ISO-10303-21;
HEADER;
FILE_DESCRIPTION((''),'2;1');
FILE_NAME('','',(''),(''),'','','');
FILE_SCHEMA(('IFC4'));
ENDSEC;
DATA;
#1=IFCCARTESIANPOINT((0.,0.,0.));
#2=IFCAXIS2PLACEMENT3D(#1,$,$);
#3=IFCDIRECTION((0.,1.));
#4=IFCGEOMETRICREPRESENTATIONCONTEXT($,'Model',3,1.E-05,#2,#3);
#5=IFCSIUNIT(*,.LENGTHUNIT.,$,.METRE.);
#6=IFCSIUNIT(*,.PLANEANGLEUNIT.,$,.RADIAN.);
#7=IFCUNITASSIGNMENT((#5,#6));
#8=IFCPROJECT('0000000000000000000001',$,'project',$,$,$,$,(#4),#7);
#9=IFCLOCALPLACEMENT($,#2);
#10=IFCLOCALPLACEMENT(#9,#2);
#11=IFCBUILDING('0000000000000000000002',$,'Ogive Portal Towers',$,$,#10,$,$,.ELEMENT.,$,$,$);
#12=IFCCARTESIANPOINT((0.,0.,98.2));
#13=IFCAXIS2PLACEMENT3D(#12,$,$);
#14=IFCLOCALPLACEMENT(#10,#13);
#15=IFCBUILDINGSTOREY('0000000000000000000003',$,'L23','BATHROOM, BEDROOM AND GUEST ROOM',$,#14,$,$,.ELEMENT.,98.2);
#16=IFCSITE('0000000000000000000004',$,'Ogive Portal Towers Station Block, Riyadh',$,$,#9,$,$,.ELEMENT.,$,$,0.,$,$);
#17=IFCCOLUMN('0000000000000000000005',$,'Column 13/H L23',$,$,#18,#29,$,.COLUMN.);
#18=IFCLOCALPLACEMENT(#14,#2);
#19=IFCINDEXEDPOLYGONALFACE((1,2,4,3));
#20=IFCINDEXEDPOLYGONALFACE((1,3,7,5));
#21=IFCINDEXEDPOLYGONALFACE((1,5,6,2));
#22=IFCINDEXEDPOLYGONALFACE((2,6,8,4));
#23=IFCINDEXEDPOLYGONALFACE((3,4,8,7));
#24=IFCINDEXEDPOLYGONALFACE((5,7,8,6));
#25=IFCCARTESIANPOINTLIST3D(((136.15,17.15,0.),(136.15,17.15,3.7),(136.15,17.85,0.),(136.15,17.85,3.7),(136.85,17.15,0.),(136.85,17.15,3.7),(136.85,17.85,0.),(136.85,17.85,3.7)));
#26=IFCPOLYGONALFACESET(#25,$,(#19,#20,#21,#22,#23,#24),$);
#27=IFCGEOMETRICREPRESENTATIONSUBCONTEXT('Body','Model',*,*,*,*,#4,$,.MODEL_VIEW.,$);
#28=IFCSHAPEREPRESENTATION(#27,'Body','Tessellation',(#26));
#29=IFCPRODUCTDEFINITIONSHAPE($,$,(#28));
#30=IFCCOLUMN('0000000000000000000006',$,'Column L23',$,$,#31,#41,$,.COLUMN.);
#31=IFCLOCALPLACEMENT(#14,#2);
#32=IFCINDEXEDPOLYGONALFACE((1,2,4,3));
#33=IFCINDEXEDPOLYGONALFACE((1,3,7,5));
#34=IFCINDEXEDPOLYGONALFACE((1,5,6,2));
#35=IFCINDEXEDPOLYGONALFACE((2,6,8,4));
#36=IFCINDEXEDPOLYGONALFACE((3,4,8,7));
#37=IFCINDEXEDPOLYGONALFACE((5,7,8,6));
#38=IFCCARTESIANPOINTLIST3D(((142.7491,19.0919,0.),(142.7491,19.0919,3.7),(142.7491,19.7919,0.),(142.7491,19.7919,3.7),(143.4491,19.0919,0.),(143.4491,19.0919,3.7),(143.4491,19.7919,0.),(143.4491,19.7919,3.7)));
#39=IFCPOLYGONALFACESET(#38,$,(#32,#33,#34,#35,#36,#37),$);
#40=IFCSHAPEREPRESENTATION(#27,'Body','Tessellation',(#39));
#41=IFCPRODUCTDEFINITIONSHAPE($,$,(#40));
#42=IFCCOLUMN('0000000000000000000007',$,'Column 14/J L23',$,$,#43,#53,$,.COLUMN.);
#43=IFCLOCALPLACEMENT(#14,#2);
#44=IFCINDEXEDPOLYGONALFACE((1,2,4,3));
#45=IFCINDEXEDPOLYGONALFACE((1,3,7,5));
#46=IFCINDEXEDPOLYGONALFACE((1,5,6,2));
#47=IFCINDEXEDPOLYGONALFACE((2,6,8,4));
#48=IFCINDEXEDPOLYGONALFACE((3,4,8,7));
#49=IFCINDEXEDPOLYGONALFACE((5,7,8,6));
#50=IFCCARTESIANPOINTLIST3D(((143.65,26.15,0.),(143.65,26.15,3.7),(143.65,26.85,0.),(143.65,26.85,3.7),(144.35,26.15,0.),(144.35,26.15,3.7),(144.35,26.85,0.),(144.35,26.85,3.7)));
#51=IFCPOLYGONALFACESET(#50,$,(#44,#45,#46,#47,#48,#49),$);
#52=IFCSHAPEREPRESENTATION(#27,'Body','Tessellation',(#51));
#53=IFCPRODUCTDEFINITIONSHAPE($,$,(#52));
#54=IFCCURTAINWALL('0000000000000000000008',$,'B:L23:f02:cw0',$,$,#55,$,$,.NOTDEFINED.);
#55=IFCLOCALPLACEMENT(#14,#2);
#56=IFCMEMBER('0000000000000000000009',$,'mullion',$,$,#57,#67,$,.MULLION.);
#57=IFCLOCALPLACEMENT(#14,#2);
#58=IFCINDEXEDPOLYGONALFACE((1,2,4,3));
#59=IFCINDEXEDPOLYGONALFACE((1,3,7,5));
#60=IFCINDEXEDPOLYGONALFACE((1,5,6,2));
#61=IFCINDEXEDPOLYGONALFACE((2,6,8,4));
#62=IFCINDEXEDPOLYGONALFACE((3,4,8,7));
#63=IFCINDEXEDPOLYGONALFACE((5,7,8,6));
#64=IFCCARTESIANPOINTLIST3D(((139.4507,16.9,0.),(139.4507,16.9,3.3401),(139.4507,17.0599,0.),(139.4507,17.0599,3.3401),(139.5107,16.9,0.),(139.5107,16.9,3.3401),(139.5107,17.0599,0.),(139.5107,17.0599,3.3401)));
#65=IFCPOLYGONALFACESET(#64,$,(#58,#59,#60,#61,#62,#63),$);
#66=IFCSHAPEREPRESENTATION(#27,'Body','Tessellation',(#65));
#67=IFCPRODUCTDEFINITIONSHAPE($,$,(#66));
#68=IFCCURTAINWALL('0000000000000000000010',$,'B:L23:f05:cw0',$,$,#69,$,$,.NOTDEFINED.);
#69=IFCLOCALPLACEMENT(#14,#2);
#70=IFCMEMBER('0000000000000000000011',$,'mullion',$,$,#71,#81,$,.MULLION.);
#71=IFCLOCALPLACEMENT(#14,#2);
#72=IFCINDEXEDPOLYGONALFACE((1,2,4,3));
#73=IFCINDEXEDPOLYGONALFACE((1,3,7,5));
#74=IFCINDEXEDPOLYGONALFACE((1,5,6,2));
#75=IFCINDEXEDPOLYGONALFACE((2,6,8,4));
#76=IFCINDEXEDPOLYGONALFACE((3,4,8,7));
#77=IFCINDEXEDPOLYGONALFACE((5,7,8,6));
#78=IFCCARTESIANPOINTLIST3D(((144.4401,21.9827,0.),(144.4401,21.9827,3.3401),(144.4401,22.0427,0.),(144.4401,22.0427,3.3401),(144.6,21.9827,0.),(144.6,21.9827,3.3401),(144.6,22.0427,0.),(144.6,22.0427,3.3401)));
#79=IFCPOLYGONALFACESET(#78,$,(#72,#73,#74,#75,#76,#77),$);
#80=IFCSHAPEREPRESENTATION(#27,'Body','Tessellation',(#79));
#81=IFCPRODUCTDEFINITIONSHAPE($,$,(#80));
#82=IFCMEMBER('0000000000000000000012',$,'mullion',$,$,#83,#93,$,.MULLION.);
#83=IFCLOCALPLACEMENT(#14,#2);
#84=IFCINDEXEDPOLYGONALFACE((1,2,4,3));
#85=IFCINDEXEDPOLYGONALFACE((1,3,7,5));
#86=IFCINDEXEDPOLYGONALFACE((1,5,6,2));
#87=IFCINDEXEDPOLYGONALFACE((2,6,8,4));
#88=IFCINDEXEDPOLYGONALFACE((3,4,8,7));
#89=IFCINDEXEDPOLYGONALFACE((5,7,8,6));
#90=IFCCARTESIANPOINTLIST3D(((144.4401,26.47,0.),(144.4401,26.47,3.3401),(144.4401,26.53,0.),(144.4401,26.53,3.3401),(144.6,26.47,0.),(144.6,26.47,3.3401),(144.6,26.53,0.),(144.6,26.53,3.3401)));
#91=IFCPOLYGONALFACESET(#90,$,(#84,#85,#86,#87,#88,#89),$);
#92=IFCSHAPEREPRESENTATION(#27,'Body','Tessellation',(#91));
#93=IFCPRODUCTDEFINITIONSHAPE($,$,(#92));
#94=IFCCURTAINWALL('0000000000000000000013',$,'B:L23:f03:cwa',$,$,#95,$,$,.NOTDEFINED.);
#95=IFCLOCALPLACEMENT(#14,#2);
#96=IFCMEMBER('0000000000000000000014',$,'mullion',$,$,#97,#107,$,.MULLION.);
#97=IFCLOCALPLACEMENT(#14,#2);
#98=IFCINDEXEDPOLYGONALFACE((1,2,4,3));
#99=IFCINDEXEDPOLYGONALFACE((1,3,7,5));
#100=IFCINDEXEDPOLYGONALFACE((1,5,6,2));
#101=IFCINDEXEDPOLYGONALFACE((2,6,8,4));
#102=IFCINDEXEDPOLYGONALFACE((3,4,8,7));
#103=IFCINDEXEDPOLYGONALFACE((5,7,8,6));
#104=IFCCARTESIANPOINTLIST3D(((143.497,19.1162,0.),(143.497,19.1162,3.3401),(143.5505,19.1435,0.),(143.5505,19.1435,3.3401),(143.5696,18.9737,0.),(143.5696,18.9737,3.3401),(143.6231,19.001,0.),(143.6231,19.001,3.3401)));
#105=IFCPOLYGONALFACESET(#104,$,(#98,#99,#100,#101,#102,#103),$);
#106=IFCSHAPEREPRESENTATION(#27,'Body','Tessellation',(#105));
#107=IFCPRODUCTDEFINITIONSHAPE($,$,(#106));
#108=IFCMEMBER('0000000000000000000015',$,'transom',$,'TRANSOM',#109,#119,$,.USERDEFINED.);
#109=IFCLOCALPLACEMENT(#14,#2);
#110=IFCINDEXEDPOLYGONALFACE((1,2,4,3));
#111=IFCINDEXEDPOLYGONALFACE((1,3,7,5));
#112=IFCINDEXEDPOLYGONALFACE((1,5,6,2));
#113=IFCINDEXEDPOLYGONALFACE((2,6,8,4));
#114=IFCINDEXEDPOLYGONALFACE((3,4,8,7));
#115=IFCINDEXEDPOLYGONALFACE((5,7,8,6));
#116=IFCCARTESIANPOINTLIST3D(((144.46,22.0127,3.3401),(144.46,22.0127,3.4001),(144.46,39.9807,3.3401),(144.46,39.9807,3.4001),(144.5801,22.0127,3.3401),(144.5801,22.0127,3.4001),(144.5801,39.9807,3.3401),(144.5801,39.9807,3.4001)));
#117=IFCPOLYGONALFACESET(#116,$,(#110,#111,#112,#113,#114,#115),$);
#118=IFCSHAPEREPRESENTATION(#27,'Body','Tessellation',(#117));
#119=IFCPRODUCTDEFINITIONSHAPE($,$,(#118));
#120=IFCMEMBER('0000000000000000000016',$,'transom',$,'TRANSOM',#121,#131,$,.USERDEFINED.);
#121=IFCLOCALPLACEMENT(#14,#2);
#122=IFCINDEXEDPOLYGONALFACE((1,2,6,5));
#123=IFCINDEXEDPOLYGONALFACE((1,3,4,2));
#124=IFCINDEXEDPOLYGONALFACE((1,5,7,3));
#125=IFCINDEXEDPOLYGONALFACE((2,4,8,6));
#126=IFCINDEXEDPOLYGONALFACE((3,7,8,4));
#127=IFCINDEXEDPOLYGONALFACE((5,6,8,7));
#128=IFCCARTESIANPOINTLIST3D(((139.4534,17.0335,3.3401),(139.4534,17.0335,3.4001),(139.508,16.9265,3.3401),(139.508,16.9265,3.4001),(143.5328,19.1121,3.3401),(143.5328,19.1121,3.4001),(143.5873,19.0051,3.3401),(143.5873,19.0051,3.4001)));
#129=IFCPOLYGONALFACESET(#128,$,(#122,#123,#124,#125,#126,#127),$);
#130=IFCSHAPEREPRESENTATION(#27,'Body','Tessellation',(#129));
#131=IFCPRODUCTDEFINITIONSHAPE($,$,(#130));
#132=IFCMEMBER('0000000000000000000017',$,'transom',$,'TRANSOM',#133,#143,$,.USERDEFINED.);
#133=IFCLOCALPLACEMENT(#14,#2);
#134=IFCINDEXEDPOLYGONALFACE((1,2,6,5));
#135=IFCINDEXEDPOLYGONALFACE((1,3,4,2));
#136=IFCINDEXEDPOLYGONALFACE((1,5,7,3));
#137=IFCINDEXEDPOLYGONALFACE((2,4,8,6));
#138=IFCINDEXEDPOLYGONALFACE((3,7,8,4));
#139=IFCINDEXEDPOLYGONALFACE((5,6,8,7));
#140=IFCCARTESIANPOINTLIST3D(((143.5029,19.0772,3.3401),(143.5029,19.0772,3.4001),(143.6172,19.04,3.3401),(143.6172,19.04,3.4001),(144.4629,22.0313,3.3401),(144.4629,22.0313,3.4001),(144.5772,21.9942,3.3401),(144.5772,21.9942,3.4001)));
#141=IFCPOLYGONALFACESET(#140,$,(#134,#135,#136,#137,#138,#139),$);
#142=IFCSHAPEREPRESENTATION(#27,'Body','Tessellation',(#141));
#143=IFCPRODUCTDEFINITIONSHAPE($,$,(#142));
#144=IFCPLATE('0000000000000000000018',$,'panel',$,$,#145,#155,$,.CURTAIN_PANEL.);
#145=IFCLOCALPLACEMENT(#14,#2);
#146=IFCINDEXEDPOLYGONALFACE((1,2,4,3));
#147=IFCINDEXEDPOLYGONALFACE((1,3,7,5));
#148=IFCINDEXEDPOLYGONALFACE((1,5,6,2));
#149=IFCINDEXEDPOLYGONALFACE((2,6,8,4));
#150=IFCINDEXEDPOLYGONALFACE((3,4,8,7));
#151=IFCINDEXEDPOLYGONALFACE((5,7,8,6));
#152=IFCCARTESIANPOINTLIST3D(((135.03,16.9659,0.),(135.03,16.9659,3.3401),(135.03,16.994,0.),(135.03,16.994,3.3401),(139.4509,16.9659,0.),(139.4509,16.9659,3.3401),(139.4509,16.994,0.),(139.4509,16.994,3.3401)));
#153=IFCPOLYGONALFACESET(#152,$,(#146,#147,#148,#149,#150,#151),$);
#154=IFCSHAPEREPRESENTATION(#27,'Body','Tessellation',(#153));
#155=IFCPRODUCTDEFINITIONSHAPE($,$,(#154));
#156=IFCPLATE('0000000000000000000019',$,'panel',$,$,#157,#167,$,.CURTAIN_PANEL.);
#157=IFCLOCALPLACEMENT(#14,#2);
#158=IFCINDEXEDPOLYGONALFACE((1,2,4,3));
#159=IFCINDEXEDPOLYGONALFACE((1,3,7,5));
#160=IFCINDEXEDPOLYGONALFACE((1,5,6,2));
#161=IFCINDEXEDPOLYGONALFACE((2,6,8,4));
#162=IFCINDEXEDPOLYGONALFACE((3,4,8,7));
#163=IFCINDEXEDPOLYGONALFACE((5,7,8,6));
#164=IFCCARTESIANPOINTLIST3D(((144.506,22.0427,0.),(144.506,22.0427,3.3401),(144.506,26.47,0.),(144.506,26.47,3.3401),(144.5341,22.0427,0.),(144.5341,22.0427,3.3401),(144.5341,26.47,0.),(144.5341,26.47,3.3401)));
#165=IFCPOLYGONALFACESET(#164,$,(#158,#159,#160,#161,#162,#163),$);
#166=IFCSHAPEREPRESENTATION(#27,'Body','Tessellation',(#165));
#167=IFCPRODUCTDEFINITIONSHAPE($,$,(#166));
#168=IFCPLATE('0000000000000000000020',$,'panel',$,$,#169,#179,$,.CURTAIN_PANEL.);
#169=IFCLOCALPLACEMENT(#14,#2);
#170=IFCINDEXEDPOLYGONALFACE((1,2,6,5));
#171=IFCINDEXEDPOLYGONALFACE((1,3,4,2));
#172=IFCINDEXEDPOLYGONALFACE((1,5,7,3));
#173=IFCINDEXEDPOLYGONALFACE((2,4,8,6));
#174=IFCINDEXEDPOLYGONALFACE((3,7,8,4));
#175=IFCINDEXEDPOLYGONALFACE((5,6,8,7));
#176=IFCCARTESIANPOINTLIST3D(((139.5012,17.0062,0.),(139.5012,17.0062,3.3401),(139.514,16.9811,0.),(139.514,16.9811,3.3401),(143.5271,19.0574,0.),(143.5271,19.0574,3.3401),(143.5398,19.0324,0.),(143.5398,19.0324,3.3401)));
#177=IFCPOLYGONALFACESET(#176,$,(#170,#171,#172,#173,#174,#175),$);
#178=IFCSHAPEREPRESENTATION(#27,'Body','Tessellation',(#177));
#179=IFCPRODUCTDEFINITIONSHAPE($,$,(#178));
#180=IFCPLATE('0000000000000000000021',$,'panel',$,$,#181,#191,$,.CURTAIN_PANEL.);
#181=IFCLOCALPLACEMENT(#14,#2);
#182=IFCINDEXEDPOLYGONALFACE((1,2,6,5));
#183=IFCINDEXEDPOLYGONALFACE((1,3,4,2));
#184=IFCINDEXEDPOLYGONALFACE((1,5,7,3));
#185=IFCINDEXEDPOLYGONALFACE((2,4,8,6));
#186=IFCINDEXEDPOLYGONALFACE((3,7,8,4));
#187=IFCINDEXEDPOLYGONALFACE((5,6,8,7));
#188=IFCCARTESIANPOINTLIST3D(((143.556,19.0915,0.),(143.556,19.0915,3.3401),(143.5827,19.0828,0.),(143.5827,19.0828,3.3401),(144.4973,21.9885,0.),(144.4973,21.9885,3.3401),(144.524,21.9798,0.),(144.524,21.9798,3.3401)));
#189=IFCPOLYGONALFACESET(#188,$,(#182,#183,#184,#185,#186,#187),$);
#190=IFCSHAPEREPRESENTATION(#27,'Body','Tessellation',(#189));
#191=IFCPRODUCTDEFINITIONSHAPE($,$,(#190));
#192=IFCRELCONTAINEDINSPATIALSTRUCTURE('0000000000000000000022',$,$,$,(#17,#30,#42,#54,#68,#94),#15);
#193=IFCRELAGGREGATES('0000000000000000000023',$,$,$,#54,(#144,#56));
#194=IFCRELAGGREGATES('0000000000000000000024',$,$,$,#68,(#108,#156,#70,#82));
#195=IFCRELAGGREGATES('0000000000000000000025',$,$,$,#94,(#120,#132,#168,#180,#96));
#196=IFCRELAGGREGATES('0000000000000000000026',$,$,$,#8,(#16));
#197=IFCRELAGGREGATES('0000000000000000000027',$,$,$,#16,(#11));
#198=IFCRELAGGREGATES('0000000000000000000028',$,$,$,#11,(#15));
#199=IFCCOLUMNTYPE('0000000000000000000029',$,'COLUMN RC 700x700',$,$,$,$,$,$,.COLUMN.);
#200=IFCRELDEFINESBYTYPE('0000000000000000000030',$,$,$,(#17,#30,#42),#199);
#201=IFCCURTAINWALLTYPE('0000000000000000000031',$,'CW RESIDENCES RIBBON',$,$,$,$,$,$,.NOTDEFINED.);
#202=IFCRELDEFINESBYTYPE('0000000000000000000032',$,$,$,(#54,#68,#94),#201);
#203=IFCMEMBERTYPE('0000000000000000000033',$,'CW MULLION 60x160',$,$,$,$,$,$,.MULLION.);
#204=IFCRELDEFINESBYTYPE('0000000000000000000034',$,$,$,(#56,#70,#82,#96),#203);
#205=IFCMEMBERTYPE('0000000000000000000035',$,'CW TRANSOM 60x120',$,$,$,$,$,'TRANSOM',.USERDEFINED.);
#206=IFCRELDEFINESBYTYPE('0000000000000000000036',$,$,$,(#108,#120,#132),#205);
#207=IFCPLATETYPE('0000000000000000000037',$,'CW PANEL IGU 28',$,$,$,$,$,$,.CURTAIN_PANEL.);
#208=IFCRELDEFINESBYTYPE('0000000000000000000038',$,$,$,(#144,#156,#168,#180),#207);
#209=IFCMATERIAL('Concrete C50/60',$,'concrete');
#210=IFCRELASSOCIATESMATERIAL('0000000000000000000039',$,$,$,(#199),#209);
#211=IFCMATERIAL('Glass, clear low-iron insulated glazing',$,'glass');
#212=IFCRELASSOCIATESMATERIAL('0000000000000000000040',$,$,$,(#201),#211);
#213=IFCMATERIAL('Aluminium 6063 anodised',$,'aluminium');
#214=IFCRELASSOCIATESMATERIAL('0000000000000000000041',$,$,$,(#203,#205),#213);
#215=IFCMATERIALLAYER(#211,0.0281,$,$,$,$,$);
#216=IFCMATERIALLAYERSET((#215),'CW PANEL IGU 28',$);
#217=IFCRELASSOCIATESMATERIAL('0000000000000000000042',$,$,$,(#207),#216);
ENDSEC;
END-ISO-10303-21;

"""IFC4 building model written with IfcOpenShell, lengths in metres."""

from ifc_helpers import new_model, si_unit, direction, frame, origin, origin_2d, place, context, subcontext, project, spatial, rectangle, extrude, material, layer, layer_set, material_profile, profile_set, type_object, element, aggregate, save


model = new_model("IFC4")

# Units and contexts
model_context = context("Model", 3, precision=1e-05, world=origin(), true_north=direction((0.0, 1.0)))
body_context = subcontext(model_context, "Body", "Model", "MODEL_VIEW")
ifc_project = project(units=[si_unit("LENGTHUNIT", "METRE"), si_unit("PLANEANGLEUNIT", "RADIAN")], contexts=[model_context])

# Site, building, storey
site_placement = place(None, origin())
site = spatial("IfcSite", under=ifc_project, at=site_placement, Name="Ogive Portal Towers Station Block, Riyadh", CompositionType="ELEMENT", RefElevation=0.0)
building_placement = place(site_placement, origin())
building = spatial("IfcBuilding", under=site, at=building_placement, Name="Ogive Portal Towers", CompositionType="ELEMENT")
storey_placement = place(building_placement, frame((0.0, 0.0, 98.2)))
storey = spatial("IfcBuildingStorey", under=building, at=storey_placement, Name="L23", Description="BATHROOM, BEDROOM AND GUEST ROOM", CompositionType="ELEMENT", Elevation=98.2)

# Columns
ifc_material_1 = material(Name="Concrete C50/60", Category="concrete")
ifc_material_profile_1 = material_profile(ifc_material_1, rectangle(XDim=0.7, YDim=0.7, at=origin_2d()), Name="RC 700x700")
ifc_profile_set_1 = profile_set([ifc_material_profile_1], Name="Concrete C50/60")
column_type = type_object("IfcColumnType", Name="COLUMN RC 700x700", PredefinedType="COLUMN", material=ifc_profile_set_1)
for number, where, z_axis, x_axis, name in (
    (1, (136.5, 17.5, 0.0), (0.0, 0.0, 1.0), (1.0, 0.0, 0.0), "Column 13/H L23"),
    (2, (143.0991, 19.4419, 0.0), (0.0, 0.0, 1.0), (1.0, 0.0, 0.0), "Column L23"),
    (3, (144.0, 26.5, 0.0), (0.0, 0.0, 1.0), (1.0, 0.0, 0.0), "Column 14/J L23"),
):
    element("IfcColumn", number, at=place(storey_placement, frame(where, z_axis=z_axis, x_axis=x_axis)), inside=storey, type_object=column_type, Name=name, PredefinedType="COLUMN", context=body_context, shape_type="SweptSolid", body=[
        extrude(rectangle(XDim=0.7, YDim=0.7, at=origin_2d()), origin(), (0.0, 0.0, 1.0), 3.7),
    ])

# Curtain wall, member
ifc_material_2 = material(Name="Glass, clear low-iron insulated glazing", Category="glass")
curtain_wall_type = type_object("IfcCurtainWallType", Name="CW RESIDENCES RIBBON", PredefinedType="NOTDEFINED", material=ifc_material_2)
curtain_wall_1_placement = place(storey_placement, origin())
curtain_wall_1 = element("IfcCurtainWall", 4, at=curtain_wall_1_placement, inside=storey, type_object=curtain_wall_type, Name="B:L23:f02:cw0", PredefinedType="NOTDEFINED")
ifc_material_3 = material(Name="Aluminium 6063 anodised", Category="aluminium")
ifc_material_profile_2 = material_profile(ifc_material_3, rectangle(XDim=0.1599, YDim=0.0601, at=origin_2d()), Name="AL 60x160")
ifc_profile_set_2 = profile_set([ifc_material_profile_2], Name="Aluminium 6063 anodised")
member_type_1 = type_object("IfcMemberType", Name="CW MULLION 60x160", PredefinedType="MULLION", material=ifc_profile_set_2)
member_1_placement = place(storey_placement, frame((139.4807, 16.98, 0.0), z_axis=(0.0, 0.0, 1.0), x_axis=(0.0, 1.0, 0.0)))
member_1 = element("IfcMember", 5, at=member_1_placement, type_object=member_type_1, Name="mullion", PredefinedType="MULLION", context=body_context, shape_type="SweptSolid", body=[
    extrude(rectangle(XDim=0.1599, YDim=0.0601, at=origin_2d()), origin(), (0.0, 0.0, 1.0), 3.3401),
])

# Curtain wall, members
curtain_wall_2_placement = place(storey_placement, origin())
curtain_wall_2 = element("IfcCurtainWall", 6, at=curtain_wall_2_placement, inside=storey, type_object=curtain_wall_type, Name="B:L23:f05:cw0", PredefinedType="NOTDEFINED")
member_2_placement = place(storey_placement, frame((144.52, 22.0127, 0.0), z_axis=(0.0, 0.0, 1.0), x_axis=(-1.0, 0.0, 0.0)))
member_2 = element("IfcMember", 7, at=member_2_placement, type_object=member_type_1, Name="mullion", PredefinedType="MULLION", context=body_context, shape_type="SweptSolid", body=[
    extrude(rectangle(XDim=0.1599, YDim=0.0601, at=origin_2d()), origin(), (0.0, 0.0, 1.0), 3.3401),
])
member_3_placement = place(storey_placement, frame((144.52, 26.5, 0.0), z_axis=(0.0, 0.0, 1.0), x_axis=(-1.0, 0.0, 0.0)))
member_3 = element("IfcMember", 8, at=member_3_placement, type_object=member_type_1, Name="mullion", PredefinedType="MULLION", context=body_context, shape_type="SweptSolid", body=[
    extrude(rectangle(XDim=0.1599, YDim=0.0601, at=origin_2d()), origin(), (0.0, 0.0, 1.0), 3.3401),
])

# Curtain wall, member
curtain_wall_3_placement = place(storey_placement, origin())
curtain_wall_3 = element("IfcCurtainWall", 9, at=curtain_wall_3_placement, inside=storey, type_object=curtain_wall_type, Name="B:L23:f03:cwa", PredefinedType="NOTDEFINED")
member_4_placement = place(storey_placement, frame((143.5601, 19.0586, 0.0), z_axis=(0.0, 0.0, 1.0), x_axis=(-0.45399, 0.891007, 0.0)))
member_4 = element("IfcMember", 10, at=member_4_placement, type_object=member_type_1, Name="mullion", PredefinedType="MULLION", context=body_context, shape_type="SweptSolid", body=[
    extrude(rectangle(XDim=0.1599, YDim=0.0601, at=origin_2d()), origin(), (0.0, 0.0, 1.0), 3.3401),
])

# Members
ifc_material_profile_3 = material_profile(ifc_material_3, rectangle(XDim=0.1201, YDim=0.0601, at=origin_2d()), Name="AL 120x60")
ifc_profile_set_3 = profile_set([ifc_material_profile_3], Name="Aluminium 6063 anodised")
member_type_2 = type_object("IfcMemberType", Name="CW TRANSOM 60x120", ElementType="TRANSOM", PredefinedType="USERDEFINED", material=ifc_profile_set_3)
member_5_placement = place(storey_placement, frame((144.52, 22.0127, 3.3701), z_axis=(0.0, 1.0, 0.0), x_axis=(-1.0, 0.0, 0.0)))
member_5 = element("IfcMember", 11, at=member_5_placement, type_object=member_type_2, Name="transom", ObjectType="TRANSOM", PredefinedType="USERDEFINED", context=body_context, shape_type="SweptSolid", body=[
    extrude(rectangle(XDim=0.1201, YDim=0.0601, at=origin_2d()), origin(), (0.0, 0.0, 1.0), 17.968),
])
member_6_placement = place(storey_placement, frame((139.4807, 16.98, 3.3701), z_axis=(0.890999, 0.454005, 0.0), x_axis=(-0.454005, 0.890999, 0.0)))
member_6 = element("IfcMember", 12, at=member_6_placement, type_object=member_type_2, Name="transom", ObjectType="TRANSOM", PredefinedType="USERDEFINED", context=body_context, shape_type="SweptSolid", body=[
    extrude(rectangle(XDim=0.1201, YDim=0.0601, at=origin_2d()), origin(), (0.0, 0.0, 1.0), 4.5784),
])
member_7_placement = place(storey_placement, frame((143.5601, 19.0586, 3.3701), z_axis=(0.309051, 0.951046, 0.0), x_axis=(-0.951046, 0.309051, 0.0)))
member_7 = element("IfcMember", 13, at=member_7_placement, type_object=member_type_2, Name="transom", ObjectType="TRANSOM", PredefinedType="USERDEFINED", context=body_context, shape_type="SweptSolid", body=[
    extrude(rectangle(XDim=0.1201, YDim=0.0601, at=origin_2d()), origin(), (0.0, 0.0, 1.0), 3.1062),
])

# Plates
ifc_layer_1 = layer(ifc_material_2, 0.0281)
ifc_layer_set_1 = layer_set([ifc_layer_1], Name="CW PANEL IGU 28")
plate_type = type_object("IfcPlateType", Name="CW PANEL IGU 28", PredefinedType="CURTAIN_PANEL", material=ifc_layer_set_1)
plate_1_placement = place(storey_placement, frame((137.2405, 16.98, 0.0), z_axis=(0.0, 0.0, 1.0), x_axis=(1.0, 0.0, 0.0)))
plate_1 = element("IfcPlate", 14, at=plate_1_placement, type_object=plate_type, Name="panel", PredefinedType="CURTAIN_PANEL", context=body_context, shape_type="SweptSolid", body=[
    extrude(rectangle(XDim=4.4209, YDim=0.0281, at=origin_2d()), origin(), (0.0, 0.0, 1.0), 3.3401),
])
aggregate(curtain_wall_1, [plate_1, member_1])
plate_2_placement = place(storey_placement, frame((144.52, 24.2563, 0.0), z_axis=(0.0, 0.0, 1.0), x_axis=(0.0, 1.0, 0.0)))
plate_2 = element("IfcPlate", 15, at=plate_2_placement, type_object=plate_type, Name="panel", PredefinedType="CURTAIN_PANEL", context=body_context, shape_type="SweptSolid", body=[
    extrude(rectangle(XDim=4.4272, YDim=0.0281, at=origin_2d()), origin(), (0.0, 0.0, 1.0), 3.3401),
])
aggregate(curtain_wall_2, [member_5, plate_2, member_2, member_3])
plate_3_placement = place(storey_placement, frame((141.5205, 18.0193, 0.0), z_axis=(0.0, 0.0, 1.0), x_axis=(0.891007, 0.45399, 0.0)))
plate_3 = element("IfcPlate", 16, at=plate_3_placement, type_object=plate_type, Name="panel", PredefinedType="CURTAIN_PANEL", context=body_context, shape_type="SweptSolid", body=[
    extrude(rectangle(XDim=4.5183, YDim=0.0281, at=origin_2d()), origin(), (0.0, 0.0, 1.0), 3.3401),
])
plate_4_placement = place(storey_placement, frame((144.04, 20.5356, 0.0), z_axis=(0.0, 0.0, 1.0), x_axis=(0.309017, 0.951057, 0.0)))
plate_4 = element("IfcPlate", 17, at=plate_4_placement, type_object=plate_type, Name="panel", PredefinedType="CURTAIN_PANEL", context=body_context, shape_type="SweptSolid", body=[
    extrude(rectangle(XDim=3.0461, YDim=0.0281, at=origin_2d()), origin(), (0.0, 0.0, 1.0), 3.3401),
])
aggregate(curtain_wall_3, [member_6, member_7, plate_3, plate_4, member_4])

save(model, "model.ifc")
